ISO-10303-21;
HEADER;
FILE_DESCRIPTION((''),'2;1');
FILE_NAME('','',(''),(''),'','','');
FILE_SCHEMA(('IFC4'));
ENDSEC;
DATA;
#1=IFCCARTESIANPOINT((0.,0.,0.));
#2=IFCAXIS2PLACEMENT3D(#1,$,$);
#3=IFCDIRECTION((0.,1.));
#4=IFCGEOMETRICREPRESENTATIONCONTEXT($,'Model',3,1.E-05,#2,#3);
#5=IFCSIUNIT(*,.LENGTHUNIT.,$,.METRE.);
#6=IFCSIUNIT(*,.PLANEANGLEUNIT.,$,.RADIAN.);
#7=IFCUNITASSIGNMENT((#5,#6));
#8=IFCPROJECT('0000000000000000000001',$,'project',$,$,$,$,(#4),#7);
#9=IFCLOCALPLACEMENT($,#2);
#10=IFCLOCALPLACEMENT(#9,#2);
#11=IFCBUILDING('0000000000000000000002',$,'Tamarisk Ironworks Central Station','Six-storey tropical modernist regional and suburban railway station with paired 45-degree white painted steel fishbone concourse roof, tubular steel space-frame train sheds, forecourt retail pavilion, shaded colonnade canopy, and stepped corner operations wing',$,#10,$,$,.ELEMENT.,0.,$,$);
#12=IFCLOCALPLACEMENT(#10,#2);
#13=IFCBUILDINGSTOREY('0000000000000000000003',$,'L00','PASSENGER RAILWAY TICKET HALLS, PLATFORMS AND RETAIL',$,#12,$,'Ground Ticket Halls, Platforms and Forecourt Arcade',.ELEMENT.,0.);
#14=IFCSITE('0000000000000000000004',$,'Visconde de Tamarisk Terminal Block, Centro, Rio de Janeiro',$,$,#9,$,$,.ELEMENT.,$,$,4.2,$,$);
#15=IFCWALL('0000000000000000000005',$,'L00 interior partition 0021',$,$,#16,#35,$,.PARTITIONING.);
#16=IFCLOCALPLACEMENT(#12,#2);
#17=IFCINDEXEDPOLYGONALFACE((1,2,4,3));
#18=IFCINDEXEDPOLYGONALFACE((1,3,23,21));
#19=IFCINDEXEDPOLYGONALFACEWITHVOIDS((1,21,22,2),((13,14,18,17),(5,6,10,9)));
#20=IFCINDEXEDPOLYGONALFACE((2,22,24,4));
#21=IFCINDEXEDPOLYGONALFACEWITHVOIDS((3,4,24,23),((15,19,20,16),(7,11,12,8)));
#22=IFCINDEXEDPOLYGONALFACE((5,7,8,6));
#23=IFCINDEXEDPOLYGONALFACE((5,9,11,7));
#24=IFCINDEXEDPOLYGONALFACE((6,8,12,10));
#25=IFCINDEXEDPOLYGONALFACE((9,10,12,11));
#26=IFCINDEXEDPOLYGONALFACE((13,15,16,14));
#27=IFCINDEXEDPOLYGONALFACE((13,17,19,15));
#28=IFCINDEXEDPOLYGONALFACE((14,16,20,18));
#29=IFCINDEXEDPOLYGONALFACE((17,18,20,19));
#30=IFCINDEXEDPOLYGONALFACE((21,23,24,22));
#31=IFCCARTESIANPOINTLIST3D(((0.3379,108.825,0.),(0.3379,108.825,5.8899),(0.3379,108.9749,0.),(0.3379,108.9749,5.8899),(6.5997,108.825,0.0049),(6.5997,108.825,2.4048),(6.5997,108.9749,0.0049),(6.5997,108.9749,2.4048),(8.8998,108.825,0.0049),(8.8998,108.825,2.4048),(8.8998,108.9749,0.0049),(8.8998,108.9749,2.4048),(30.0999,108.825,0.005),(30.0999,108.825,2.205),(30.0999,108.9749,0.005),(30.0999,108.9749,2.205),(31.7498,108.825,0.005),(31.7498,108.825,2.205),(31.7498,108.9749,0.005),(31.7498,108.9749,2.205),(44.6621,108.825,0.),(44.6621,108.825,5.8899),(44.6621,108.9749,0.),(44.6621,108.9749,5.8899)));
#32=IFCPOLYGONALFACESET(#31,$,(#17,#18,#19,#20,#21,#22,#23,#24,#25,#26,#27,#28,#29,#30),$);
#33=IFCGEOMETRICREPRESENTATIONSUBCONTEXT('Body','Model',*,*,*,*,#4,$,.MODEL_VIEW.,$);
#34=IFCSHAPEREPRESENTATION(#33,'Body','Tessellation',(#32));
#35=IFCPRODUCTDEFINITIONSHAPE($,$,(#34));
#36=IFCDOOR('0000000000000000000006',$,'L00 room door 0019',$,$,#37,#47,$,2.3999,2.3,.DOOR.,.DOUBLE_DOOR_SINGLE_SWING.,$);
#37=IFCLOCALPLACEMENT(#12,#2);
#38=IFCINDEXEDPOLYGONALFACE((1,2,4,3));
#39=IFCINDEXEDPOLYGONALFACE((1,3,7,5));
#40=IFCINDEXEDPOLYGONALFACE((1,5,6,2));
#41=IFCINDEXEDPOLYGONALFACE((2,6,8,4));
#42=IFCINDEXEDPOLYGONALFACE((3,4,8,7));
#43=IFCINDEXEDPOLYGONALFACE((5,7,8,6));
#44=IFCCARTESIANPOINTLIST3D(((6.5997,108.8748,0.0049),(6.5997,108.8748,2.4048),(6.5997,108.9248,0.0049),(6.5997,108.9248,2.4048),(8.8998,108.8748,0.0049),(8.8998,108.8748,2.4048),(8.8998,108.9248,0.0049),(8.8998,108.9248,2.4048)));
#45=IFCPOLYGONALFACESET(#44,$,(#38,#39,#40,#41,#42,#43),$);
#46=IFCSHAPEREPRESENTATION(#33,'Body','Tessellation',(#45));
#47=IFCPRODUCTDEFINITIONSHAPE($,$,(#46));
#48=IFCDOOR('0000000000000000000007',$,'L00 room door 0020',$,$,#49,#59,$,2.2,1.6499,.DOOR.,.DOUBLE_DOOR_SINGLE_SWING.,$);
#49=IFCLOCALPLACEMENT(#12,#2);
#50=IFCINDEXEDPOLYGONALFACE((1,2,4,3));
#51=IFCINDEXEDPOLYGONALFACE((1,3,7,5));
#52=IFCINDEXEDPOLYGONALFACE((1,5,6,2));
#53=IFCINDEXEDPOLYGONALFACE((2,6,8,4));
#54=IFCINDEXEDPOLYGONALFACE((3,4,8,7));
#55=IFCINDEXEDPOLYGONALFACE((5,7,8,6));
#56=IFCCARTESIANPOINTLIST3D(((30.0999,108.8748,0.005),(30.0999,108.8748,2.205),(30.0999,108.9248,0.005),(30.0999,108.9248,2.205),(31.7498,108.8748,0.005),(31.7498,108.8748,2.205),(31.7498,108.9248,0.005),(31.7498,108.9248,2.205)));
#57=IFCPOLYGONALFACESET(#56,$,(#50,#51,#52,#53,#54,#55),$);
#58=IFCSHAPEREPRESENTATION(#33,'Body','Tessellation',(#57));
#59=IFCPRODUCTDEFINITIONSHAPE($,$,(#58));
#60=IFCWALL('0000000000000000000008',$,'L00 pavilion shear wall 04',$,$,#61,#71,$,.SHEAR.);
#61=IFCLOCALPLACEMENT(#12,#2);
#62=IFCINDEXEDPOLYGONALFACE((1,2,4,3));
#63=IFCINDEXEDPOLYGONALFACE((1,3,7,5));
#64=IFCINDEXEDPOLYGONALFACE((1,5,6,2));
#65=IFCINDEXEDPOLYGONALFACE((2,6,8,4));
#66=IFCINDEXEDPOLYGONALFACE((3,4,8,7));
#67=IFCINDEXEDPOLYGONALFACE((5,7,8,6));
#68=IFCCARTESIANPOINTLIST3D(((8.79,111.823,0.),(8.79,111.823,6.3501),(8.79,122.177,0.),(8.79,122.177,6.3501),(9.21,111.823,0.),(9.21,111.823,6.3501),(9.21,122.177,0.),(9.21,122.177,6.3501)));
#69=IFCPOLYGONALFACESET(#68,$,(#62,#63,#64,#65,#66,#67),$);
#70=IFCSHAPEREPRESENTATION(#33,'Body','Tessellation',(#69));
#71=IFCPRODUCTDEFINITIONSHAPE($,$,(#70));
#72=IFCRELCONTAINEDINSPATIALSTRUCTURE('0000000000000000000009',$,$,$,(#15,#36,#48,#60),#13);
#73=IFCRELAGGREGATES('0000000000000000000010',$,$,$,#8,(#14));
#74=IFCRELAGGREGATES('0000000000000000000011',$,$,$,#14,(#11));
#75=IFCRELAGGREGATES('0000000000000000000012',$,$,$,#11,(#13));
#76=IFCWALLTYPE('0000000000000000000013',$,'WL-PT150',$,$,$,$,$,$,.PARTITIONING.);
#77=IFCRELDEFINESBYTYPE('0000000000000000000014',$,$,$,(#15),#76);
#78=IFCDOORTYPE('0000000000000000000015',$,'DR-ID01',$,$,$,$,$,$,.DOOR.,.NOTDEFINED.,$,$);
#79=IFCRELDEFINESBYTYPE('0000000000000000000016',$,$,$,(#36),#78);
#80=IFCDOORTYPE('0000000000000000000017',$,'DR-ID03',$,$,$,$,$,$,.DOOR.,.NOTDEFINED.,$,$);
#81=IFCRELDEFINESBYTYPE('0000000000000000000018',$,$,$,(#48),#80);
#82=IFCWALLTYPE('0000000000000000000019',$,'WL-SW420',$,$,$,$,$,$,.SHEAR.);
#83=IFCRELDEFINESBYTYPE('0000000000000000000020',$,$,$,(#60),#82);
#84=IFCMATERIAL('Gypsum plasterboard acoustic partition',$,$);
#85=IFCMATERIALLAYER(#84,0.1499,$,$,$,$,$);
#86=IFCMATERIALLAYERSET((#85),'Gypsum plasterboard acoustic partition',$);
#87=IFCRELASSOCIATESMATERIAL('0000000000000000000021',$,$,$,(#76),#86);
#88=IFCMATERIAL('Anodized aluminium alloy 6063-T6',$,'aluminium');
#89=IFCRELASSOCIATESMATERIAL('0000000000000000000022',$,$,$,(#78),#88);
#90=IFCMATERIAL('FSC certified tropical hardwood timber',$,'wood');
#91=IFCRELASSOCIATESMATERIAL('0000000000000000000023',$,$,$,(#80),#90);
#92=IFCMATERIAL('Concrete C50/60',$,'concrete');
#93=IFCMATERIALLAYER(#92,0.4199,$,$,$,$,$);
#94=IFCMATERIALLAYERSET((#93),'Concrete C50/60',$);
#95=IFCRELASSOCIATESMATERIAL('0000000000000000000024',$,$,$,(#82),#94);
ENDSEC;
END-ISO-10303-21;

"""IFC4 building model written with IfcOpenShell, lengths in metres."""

from ifc_helpers import new_model, si_unit, direction, frame, frame_2d, origin, place, context, subcontext, project, spatial, rectangle, extrude, material, layer, layer_set, type_object, element, fill, save


model = new_model("IFC4")

# Units and contexts
model_context = context("Model", 3, precision=1e-05, world=origin(), true_north=direction((0.0, 1.0)))
body_context = subcontext(model_context, "Body", "Model", "MODEL_VIEW")
ifc_project = project(units=[si_unit("LENGTHUNIT", "METRE"), si_unit("PLANEANGLEUNIT", "RADIAN")], contexts=[model_context])

# Site, building, storey
site_placement = place(None, origin())
site = spatial("IfcSite", under=ifc_project, at=site_placement, Name="Visconde de Tamarisk Terminal Block, Centro, Rio de Janeiro", CompositionType="ELEMENT", RefElevation=4.2)
building_placement = place(site_placement, origin())
building = spatial("IfcBuilding", under=site, at=building_placement, Name="Tamarisk Ironworks Central Station", Description="Six-storey tropical modernist regional and suburban railway station with paired 45-degree white painted steel fishbone concourse roof, tubular steel space-frame train sheds, forecourt retail pavilion, shaded colonnade canopy, and stepped corner operations wing", CompositionType="ELEMENT", ElevationOfRefHeight=0.0)
storey_placement = place(building_placement, origin())
storey = spatial("IfcBuildingStorey", under=building, at=storey_placement, Name="L00", Description="PASSENGER RAILWAY TICKET HALLS, PLATFORMS AND RETAIL", LongName="Ground Ticket Halls, Platforms and Forecourt Arcade", CompositionType="ELEMENT", Elevation=0.0)

# Shared definitions
ifc_material_1 = material(Name="Anodized aluminium alloy 6063-T6", Category="aluminium")

# Shared definitions
ifc_material_2 = material(Name="Concrete C50/60", Category="concrete")

# Shared definitions
ifc_material_3 = material(Name="Gypsum plasterboard acoustic partition")
ifc_layer_1 = layer(ifc_material_3, 0.1499)
ifc_layer_set_1 = layer_set([ifc_layer_1], Name="Gypsum plasterboard acoustic partition")
wall_type_1 = type_object("IfcWallType", Name="WL-PT150", PredefinedType="PARTITIONING", material=ifc_layer_set_1)

# Wall, openings, doors
wall_1_placement = place(storey_placement, frame((0.3379, 108.8999, 0.0), z_axis=(0.0, 0.0, 1.0), x_axis=(1.0, 0.0, 0.0)))
wall_1 = element("IfcWall", 1, at=wall_1_placement, inside=storey, type_object=wall_type_1, Name="L00 interior partition 0021", PredefinedType="PARTITIONING", context=body_context, shape_type="SweptSolid", body=[
    extrude(rectangle(XDim=44.3242, YDim=0.1499, at=frame_2d((22.1621, 0.0))), origin(), (0.0, 0.0, 1.0), 5.8899),
])
opening_1_placement = place(wall_1_placement, frame((6.262, 0.0, 0.0049)))
opening_1 = element("IfcOpeningElement", 2, at=opening_1_placement, cuts=wall_1, PredefinedType="OPENING", context=body_context, shape_type="SweptSolid", body=[
    extrude(rectangle(XDim=2.3, YDim=2.3999, at=frame_2d((1.1499, 1.2))), frame((0.0, 0.0869, 0.0), z_axis=(0.0, -1.0, 0.0), x_axis=(1.0, 0.0, 0.0)), (0.0, 0.0, 1.0), 0.1738),
])
opening_2_placement = place(wall_1_placement, frame((29.762, 0.0, 0.0049)))
opening_2 = element("IfcOpeningElement", 3, at=opening_2_placement, cuts=wall_1, PredefinedType="OPENING", context=body_context, shape_type="SweptSolid", body=[
    extrude(rectangle(XDim=1.6499, YDim=2.2, at=frame_2d((0.825, 1.1001))), frame((0.0, 0.0869, 0.0), z_axis=(0.0, -1.0, 0.0), x_axis=(1.0, 0.0, 0.0)), (0.0, 0.0, 1.0), 0.1738),
])
door_type_1 = type_object("IfcDoorType", Name="DR-ID01", OperationType="NOTDEFINED", PredefinedType="DOOR", material=ifc_material_1)
door_1_placement = place(opening_1_placement, origin())
door_1 = element("IfcDoor", 4, at=door_1_placement, inside=storey, type_object=door_type_1, Name="L00 room door 0019", OperationType="DOUBLE_DOOR_SINGLE_SWING", OverallHeight=2.3999, OverallWidth=2.3, PredefinedType="DOOR", context=body_context, shape_type="SweptSolid", body=[
    extrude(rectangle(XDim=2.3, YDim=2.3999, at=frame_2d((1.1499, 1.2))), frame((0.0, 0.0249, 0.0), z_axis=(0.0, -1.0, 0.0), x_axis=(1.0, 0.0, 0.0)), (0.0, 0.0, 1.0), 0.05),
])
fill(opening_1, door_1)
ifc_material_4 = material(Name="FSC certified tropical hardwood timber", Category="wood")
door_type_2 = type_object("IfcDoorType", Name="DR-ID03", OperationType="NOTDEFINED", PredefinedType="DOOR", material=ifc_material_4)
door_2_placement = place(opening_2_placement, origin())
door_2 = element("IfcDoor", 5, at=door_2_placement, inside=storey, type_object=door_type_2, Name="L00 room door 0020", OperationType="DOUBLE_DOOR_SINGLE_SWING", OverallHeight=2.2, OverallWidth=1.6499, PredefinedType="DOOR", context=body_context, shape_type="SweptSolid", body=[
    extrude(rectangle(XDim=1.6499, YDim=2.2, at=frame_2d((0.825, 1.1001))), frame((0.0, 0.0249, 0.0), z_axis=(0.0, -1.0, 0.0), x_axis=(1.0, 0.0, 0.0)), (0.0, 0.0, 1.0), 0.05),
])
fill(opening_2, door_2)

# Wall
ifc_layer_2 = layer(ifc_material_2, 0.4199)
ifc_layer_set_2 = layer_set([ifc_layer_2], Name="Concrete C50/60")
wall_type_2 = type_object("IfcWallType", Name="WL-SW420", PredefinedType="SHEAR", material=ifc_layer_set_2)
wall_2_placement = place(storey_placement, frame((9.0, 111.823, 0.0), z_axis=(0.0, 0.0, 1.0), x_axis=(0.0, 1.0, 0.0)))
element("IfcWall", 6, at=wall_2_placement, inside=storey, type_object=wall_type_2, Name="L00 pavilion shear wall 04", PredefinedType="SHEAR", context=body_context, shape_type="SweptSolid", body=[
    extrude(rectangle(XDim=10.354, YDim=0.4199, at=frame_2d((5.177, 0.0))), origin(), (0.0, 0.0, 1.0), 6.3501),
])

save(model, "model.ifc")
